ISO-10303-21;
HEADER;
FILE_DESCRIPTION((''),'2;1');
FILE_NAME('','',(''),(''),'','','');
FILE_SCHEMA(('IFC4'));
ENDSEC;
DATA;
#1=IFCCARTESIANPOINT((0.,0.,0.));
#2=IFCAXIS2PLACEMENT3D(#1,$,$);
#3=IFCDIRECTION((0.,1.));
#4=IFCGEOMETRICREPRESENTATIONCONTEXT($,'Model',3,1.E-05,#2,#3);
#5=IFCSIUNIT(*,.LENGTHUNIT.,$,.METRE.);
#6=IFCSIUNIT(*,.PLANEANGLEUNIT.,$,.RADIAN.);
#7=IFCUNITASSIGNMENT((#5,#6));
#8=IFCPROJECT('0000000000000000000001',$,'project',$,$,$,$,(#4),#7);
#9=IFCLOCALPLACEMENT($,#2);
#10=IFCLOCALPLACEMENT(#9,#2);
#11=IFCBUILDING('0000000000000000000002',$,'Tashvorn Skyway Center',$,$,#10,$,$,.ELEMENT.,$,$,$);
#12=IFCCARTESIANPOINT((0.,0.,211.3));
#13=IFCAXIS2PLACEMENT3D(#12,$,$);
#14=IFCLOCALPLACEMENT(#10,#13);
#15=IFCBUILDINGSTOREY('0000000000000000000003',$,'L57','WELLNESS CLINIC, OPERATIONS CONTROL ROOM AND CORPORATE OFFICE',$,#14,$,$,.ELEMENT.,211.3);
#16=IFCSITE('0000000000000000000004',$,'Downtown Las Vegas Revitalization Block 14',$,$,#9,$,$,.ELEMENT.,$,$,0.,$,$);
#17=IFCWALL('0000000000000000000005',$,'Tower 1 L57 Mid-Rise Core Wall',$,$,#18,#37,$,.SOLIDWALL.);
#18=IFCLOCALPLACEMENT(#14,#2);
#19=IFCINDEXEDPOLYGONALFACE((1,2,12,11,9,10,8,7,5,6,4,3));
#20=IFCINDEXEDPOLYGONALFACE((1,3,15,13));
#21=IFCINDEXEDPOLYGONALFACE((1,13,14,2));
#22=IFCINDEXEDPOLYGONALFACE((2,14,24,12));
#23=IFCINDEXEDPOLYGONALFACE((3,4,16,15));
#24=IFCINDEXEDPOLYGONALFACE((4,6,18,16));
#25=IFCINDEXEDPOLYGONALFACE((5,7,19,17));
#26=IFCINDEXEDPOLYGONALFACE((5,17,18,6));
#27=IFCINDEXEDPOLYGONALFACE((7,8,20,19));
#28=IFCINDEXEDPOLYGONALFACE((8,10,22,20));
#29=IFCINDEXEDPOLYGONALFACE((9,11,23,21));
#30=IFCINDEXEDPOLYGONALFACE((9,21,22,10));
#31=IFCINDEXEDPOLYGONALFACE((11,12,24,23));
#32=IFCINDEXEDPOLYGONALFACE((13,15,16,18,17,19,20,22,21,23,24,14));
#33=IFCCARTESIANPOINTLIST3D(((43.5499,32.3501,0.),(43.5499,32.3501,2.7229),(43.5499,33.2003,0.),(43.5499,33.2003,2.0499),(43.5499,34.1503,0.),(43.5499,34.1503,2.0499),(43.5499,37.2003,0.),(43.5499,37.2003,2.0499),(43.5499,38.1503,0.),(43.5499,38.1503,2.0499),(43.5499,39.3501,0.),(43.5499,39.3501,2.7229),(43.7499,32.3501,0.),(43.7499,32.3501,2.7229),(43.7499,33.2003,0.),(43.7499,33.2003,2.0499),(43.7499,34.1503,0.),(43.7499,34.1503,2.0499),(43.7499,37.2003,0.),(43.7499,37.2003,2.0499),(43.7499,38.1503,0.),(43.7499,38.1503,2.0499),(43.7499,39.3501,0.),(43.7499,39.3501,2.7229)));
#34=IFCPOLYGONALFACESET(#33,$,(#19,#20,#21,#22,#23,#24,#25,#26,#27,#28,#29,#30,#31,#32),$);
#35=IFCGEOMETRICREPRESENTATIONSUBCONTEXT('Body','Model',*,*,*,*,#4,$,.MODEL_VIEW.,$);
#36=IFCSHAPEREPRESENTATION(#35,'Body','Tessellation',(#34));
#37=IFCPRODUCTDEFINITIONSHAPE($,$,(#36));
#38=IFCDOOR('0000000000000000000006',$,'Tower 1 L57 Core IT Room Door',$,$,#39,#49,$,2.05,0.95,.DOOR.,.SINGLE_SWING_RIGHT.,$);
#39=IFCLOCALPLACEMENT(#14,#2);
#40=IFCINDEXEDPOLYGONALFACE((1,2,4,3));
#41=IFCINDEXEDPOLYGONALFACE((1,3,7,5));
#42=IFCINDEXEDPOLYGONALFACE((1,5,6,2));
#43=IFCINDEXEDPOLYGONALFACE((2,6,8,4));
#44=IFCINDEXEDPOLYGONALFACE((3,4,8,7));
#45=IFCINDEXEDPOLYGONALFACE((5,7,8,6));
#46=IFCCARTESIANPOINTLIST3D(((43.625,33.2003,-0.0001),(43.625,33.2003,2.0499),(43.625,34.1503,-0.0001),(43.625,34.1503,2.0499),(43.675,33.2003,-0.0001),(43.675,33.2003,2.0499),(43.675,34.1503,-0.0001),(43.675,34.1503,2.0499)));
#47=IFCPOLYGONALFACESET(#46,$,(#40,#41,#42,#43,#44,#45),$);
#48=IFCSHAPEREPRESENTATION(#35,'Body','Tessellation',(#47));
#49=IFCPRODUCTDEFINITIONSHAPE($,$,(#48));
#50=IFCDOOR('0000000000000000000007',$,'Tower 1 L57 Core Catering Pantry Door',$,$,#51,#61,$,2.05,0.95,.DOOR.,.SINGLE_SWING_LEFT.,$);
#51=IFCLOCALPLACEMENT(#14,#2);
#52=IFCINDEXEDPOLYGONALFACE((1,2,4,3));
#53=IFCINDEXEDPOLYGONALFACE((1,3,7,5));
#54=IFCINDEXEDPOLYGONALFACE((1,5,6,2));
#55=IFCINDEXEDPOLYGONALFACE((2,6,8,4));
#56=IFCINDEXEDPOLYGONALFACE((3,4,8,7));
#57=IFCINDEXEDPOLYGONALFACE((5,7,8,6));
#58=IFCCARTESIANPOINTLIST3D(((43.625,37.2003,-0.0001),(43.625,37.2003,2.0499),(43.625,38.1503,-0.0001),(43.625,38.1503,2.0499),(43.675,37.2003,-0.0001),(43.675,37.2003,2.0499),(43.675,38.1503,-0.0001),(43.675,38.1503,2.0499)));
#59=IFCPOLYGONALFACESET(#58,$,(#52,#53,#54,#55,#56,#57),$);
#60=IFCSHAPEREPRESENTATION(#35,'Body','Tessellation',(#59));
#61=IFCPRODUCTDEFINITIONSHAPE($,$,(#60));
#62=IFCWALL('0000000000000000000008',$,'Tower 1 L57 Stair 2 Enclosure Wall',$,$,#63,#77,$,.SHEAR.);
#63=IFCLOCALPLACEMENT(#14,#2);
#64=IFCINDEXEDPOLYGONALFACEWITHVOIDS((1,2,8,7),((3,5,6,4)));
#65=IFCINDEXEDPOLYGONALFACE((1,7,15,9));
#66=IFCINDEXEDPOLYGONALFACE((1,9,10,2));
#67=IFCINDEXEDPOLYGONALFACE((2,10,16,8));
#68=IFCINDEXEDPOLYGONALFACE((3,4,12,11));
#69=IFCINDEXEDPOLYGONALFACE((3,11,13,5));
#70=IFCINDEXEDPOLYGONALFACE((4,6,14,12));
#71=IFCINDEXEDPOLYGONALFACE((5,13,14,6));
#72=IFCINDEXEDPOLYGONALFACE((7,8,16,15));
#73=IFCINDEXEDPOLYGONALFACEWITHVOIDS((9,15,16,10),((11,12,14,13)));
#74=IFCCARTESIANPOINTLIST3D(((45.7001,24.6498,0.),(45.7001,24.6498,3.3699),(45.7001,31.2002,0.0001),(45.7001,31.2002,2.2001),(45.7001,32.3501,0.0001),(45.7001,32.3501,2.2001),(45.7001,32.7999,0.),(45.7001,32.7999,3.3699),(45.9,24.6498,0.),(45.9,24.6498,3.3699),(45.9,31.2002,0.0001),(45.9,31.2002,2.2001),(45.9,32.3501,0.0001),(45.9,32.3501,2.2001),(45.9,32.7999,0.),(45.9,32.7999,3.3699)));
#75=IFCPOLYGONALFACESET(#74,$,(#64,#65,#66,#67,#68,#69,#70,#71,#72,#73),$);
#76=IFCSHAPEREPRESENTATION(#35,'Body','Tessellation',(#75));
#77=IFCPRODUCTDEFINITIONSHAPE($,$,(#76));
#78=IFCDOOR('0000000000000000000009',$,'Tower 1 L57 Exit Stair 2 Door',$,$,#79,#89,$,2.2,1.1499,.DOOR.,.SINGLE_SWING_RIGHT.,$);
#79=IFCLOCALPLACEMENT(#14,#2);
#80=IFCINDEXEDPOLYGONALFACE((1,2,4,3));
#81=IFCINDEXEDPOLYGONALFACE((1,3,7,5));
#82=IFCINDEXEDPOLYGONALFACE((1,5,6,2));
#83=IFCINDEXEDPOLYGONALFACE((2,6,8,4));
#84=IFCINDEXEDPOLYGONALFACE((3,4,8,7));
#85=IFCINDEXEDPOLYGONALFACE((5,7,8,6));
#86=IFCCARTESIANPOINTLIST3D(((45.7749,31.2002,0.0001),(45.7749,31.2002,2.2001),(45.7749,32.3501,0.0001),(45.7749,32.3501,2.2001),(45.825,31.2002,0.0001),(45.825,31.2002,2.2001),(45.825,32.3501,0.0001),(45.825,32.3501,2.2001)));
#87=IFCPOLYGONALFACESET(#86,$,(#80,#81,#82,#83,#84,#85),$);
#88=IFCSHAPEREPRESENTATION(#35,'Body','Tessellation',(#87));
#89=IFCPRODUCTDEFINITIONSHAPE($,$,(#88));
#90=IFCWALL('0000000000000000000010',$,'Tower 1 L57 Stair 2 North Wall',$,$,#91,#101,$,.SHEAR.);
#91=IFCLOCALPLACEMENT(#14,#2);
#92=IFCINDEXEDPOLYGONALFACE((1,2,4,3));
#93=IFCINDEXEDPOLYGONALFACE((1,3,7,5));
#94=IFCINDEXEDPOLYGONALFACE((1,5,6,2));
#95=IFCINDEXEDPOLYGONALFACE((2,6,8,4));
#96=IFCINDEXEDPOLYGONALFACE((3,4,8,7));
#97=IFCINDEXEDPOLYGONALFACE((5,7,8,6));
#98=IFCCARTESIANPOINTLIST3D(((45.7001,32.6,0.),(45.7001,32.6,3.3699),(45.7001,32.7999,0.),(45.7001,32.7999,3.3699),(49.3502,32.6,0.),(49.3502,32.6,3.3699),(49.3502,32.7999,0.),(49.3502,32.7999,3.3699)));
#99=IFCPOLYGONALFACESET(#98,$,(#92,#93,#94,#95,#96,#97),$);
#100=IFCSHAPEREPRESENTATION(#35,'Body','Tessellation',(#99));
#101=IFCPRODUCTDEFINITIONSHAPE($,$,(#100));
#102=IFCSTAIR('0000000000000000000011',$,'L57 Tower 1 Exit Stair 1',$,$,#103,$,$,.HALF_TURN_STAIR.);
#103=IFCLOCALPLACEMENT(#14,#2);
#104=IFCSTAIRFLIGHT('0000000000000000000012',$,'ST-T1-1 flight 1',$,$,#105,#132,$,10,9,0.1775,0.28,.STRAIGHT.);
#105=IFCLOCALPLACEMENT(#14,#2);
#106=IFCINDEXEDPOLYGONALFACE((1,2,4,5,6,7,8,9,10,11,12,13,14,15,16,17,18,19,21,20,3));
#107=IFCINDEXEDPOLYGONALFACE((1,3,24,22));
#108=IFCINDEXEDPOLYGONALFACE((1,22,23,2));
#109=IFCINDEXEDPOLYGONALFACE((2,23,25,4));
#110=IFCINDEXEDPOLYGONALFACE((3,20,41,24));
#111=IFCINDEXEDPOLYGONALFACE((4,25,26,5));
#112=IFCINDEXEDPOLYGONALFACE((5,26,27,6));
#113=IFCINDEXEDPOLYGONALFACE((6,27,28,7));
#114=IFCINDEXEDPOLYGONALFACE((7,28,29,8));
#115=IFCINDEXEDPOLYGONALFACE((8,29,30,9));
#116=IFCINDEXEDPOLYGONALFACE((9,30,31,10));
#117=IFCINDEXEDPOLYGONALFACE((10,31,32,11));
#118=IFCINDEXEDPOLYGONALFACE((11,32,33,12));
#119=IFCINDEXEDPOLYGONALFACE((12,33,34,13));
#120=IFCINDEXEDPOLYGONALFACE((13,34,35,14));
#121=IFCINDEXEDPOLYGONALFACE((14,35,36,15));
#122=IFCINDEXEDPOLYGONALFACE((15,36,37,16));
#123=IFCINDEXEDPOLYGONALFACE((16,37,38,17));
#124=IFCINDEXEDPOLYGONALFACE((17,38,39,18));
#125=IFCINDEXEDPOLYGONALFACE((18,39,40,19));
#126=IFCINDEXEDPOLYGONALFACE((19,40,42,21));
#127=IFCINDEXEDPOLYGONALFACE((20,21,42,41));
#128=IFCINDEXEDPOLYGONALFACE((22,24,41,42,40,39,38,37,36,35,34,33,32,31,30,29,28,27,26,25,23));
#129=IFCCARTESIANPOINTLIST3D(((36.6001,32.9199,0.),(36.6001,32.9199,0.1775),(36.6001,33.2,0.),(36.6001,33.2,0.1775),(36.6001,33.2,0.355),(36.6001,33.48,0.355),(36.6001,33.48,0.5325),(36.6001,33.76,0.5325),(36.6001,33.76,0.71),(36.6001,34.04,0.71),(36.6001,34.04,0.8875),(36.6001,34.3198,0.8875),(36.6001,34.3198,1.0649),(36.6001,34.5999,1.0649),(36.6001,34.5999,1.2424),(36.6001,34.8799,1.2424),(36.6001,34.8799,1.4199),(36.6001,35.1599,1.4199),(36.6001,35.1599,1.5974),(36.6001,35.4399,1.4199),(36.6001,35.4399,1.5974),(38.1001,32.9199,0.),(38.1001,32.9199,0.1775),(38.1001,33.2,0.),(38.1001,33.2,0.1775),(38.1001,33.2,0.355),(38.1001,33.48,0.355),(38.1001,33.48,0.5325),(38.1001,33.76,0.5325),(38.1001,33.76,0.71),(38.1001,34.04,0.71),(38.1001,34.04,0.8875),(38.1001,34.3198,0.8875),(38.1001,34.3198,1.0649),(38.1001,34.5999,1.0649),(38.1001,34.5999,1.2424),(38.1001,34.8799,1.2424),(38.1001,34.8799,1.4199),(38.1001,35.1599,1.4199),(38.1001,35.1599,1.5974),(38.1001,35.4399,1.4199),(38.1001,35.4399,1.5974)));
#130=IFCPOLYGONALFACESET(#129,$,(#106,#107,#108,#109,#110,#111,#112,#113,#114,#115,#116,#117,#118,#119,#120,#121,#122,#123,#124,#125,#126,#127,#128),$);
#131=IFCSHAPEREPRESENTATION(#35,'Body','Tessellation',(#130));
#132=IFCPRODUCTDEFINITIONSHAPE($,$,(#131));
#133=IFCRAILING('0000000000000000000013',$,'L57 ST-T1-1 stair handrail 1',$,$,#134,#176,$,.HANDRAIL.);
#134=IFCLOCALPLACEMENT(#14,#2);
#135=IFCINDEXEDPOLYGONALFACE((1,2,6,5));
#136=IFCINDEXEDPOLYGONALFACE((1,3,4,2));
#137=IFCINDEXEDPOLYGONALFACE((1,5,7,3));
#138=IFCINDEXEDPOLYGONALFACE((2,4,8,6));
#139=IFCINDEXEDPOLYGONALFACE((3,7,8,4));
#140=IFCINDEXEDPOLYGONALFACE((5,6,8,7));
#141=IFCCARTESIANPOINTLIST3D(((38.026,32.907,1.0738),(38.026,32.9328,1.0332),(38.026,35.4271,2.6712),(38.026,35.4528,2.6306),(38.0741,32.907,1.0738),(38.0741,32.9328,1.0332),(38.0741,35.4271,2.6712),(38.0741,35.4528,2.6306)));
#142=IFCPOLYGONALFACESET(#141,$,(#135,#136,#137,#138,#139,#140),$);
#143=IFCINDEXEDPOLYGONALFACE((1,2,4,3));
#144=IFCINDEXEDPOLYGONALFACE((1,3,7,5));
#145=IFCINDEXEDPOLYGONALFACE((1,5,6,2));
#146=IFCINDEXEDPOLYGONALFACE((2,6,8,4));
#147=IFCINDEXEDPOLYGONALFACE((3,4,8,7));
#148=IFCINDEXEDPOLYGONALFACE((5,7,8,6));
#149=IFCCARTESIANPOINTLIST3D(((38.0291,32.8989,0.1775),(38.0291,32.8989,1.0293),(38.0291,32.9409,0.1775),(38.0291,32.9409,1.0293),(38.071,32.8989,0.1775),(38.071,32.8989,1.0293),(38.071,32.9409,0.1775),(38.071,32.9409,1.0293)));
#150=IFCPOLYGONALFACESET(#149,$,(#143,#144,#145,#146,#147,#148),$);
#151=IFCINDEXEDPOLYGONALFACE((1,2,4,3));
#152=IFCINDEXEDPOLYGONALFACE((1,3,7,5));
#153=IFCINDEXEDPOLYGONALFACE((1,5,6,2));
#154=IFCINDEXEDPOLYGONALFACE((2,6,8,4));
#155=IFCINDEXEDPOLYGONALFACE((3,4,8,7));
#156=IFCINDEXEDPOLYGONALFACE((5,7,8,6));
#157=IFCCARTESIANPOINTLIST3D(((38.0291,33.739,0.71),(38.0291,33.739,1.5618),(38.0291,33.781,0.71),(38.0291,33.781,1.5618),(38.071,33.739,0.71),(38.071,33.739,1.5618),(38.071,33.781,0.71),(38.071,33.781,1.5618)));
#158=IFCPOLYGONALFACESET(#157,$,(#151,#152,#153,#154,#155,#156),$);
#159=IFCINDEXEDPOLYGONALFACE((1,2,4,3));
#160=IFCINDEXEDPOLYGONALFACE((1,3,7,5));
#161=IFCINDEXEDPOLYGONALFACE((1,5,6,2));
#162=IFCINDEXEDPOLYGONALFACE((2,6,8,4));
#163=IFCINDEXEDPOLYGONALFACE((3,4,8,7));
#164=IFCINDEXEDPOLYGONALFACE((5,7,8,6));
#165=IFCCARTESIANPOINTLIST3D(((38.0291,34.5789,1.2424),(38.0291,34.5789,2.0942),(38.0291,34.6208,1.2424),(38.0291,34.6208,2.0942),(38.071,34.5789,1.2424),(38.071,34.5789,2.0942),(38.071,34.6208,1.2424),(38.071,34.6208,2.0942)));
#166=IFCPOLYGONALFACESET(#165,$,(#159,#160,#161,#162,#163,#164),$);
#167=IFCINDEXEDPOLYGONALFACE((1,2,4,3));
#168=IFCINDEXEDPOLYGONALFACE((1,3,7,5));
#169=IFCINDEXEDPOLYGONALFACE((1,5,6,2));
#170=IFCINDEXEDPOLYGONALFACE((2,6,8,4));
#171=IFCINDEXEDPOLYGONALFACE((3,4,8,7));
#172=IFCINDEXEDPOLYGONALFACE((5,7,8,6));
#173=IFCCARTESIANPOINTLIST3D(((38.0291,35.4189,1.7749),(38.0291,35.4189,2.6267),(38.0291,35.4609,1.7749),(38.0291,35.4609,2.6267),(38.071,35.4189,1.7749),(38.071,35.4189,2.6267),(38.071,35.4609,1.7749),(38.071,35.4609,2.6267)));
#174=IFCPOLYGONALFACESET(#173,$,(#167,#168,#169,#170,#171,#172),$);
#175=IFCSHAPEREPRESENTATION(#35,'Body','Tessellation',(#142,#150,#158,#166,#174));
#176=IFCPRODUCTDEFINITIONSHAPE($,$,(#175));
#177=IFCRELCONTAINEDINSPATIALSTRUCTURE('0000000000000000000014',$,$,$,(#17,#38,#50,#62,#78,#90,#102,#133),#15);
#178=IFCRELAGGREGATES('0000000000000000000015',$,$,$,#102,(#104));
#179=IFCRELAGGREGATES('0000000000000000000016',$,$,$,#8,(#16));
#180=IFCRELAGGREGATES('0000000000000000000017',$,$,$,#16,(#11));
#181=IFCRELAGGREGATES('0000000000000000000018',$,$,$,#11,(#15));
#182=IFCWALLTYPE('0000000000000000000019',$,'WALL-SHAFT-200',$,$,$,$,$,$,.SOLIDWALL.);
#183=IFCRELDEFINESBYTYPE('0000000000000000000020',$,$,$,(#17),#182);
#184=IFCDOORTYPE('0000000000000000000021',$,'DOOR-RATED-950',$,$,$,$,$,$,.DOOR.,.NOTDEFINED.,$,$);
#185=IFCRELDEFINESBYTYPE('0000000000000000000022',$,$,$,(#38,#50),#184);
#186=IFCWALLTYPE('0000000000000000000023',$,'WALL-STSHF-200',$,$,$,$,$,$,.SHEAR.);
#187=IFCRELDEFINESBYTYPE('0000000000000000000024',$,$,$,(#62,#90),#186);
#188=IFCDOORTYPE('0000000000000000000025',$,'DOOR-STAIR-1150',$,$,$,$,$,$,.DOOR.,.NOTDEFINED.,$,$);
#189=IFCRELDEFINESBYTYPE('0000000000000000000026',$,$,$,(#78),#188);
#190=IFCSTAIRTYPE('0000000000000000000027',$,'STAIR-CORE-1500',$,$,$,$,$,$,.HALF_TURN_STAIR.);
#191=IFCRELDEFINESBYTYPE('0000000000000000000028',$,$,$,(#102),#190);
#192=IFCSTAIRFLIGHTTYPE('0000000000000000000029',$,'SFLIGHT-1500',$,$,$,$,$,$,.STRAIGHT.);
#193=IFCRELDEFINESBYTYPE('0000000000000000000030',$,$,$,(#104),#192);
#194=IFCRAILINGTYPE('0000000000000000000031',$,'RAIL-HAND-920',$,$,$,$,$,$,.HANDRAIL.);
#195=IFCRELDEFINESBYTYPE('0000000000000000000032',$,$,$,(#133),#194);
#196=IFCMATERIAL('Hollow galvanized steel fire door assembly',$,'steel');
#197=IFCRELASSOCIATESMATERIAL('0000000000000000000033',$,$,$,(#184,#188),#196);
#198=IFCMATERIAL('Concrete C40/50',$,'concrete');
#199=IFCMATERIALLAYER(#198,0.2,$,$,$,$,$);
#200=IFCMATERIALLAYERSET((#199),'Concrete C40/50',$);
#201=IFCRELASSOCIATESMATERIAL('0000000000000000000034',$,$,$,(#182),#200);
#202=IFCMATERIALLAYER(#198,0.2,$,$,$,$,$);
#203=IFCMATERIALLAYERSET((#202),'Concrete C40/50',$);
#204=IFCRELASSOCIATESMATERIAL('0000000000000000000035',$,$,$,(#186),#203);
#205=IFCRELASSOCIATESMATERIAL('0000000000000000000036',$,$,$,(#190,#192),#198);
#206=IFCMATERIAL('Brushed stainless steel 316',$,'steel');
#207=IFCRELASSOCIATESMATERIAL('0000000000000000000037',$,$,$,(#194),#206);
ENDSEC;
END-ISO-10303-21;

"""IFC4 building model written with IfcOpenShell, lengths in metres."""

from ifc_helpers import new_model, si_unit, direction, frame, frame_2d, origin, origin_2d, place, context, subcontext, project, spatial, polyline, rectangle, outline, extrude, material, layer, layer_set, type_object, element, fill, aggregate, save


model = new_model("IFC4")

# Units and contexts
model_context = context("Model", 3, precision=1e-05, world=origin(), true_north=direction((0.0, 1.0)))
body_context = subcontext(model_context, "Body", "Model", "MODEL_VIEW")
ifc_project = project(units=[si_unit("LENGTHUNIT", "METRE"), si_unit("PLANEANGLEUNIT", "RADIAN")], contexts=[model_context])

# Site, building, storey
site_placement = place(None, origin())
site = spatial("IfcSite", under=ifc_project, at=site_placement, Name="Downtown Las Vegas Revitalization Block 14", CompositionType="ELEMENT", RefElevation=0.0)
building_placement = place(site_placement, origin())
building = spatial("IfcBuilding", under=site, at=building_placement, Name="Tashvorn Skyway Center", CompositionType="ELEMENT")
storey_placement = place(building_placement, frame((0.0, 0.0, 211.3)))
storey = spatial("IfcBuildingStorey", under=building, at=storey_placement, Name="L57", Description="WELLNESS CLINIC, OPERATIONS CONTROL ROOM AND CORPORATE OFFICE", CompositionType="ELEMENT", Elevation=211.3)

# Shared definitions
ifc_material_1 = material(Name="Concrete C40/50", Category="concrete")

# Shared definitions
ifc_material_2 = material(Name="Hollow galvanized steel fire door assembly", Category="steel")
door_type_1 = type_object("IfcDoorType", Name="DOOR-RATED-950", OperationType="NOTDEFINED", PredefinedType="DOOR", material=ifc_material_2)

# Shared definitions
ifc_layer_1 = layer(ifc_material_1, 0.2)
ifc_layer_set_1 = layer_set([ifc_layer_1], Name="Concrete C40/50")
wall_type_1 = type_object("IfcWallType", Name="WALL-SHAFT-200", PredefinedType="SOLIDWALL", material=ifc_layer_set_1)

# Wall, openings, doors
wall_1_placement = place(storey_placement, frame((43.6499, 32.3501, 0.0), z_axis=(0.0, 0.0, 1.0), x_axis=(0.0, 1.0, 0.0)))
wall_1 = element("IfcWall", 1, at=wall_1_placement, inside=storey, type_object=wall_type_1, Name="Tower 1 L57 Mid-Rise Core Wall", PredefinedType="SOLIDWALL", context=body_context, shape_type="SweptSolid", body=[
    extrude(rectangle(XDim=7.0, YDim=0.2, at=frame_2d((3.5, 0.0))), origin(), (0.0, 0.0, 1.0), 2.7229),
])
opening_1_placement = place(wall_1_placement, frame((0.8501, 0.0, 0.0)))
opening_1 = element("IfcOpeningElement", 2, at=opening_1_placement, cuts=wall_1, PredefinedType="OPENING", context=body_context, shape_type="SweptSolid", body=[
    extrude(rectangle(XDim=0.95, YDim=2.05, at=frame_2d((0.4751, 1.0249))), frame((0.0, 0.1099, 0.0), z_axis=(0.0, -1.0, 0.0), x_axis=(1.0, 0.0, 0.0)), (0.0, 0.0, 1.0), 0.22),
])
opening_2_placement = place(wall_1_placement, frame((4.8501, 0.0, 0.0)))
opening_2 = element("IfcOpeningElement", 3, at=opening_2_placement, cuts=wall_1, PredefinedType="OPENING", context=body_context, shape_type="SweptSolid", body=[
    extrude(rectangle(XDim=0.95, YDim=2.05, at=frame_2d((0.4751, 1.0249))), frame((0.0, 0.1099, 0.0), z_axis=(0.0, -1.0, 0.0), x_axis=(1.0, 0.0, 0.0)), (0.0, 0.0, 1.0), 0.22),
])
door_1_placement = place(opening_1_placement, origin())
door_1 = element("IfcDoor", 4, at=door_1_placement, inside=storey, type_object=door_type_1, Name="Tower 1 L57 Core IT Room Door", OperationType="SINGLE_SWING_RIGHT", OverallHeight=2.05, OverallWidth=0.95, PredefinedType="DOOR", context=body_context, shape_type="SweptSolid", body=[
    extrude(rectangle(XDim=0.95, YDim=2.05, at=frame_2d((0.4751, 1.0249))), frame((0.0, 0.0249, 0.0), z_axis=(0.0, -1.0, 0.0), x_axis=(1.0, 0.0, 0.0)), (0.0, 0.0, 1.0), 0.05),
])
fill(opening_1, door_1)
door_2_placement = place(opening_2_placement, origin())
door_2 = element("IfcDoor", 5, at=door_2_placement, inside=storey, type_object=door_type_1, Name="Tower 1 L57 Core Catering Pantry Door", OperationType="SINGLE_SWING_LEFT", OverallHeight=2.05, OverallWidth=0.95, PredefinedType="DOOR", context=body_context, shape_type="SweptSolid", body=[
    extrude(rectangle(XDim=0.95, YDim=2.05, at=frame_2d((0.4751, 1.0249))), frame((0.0, 0.0249, 0.0), z_axis=(0.0, -1.0, 0.0), x_axis=(1.0, 0.0, 0.0)), (0.0, 0.0, 1.0), 0.05),
])
fill(opening_2, door_2)

# Wall, opening, door
ifc_layer_2 = layer(ifc_material_1, 0.2)
ifc_layer_set_2 = layer_set([ifc_layer_2], Name="Concrete C40/50")
wall_type_2 = type_object("IfcWallType", Name="WALL-STSHF-200", PredefinedType="SHEAR", material=ifc_layer_set_2)
wall_2_placement = place(storey_placement, frame((45.8, 32.8, 0.0), z_axis=(0.0, 0.0, 1.0), x_axis=(0.0, -1.0, 0.0)))
wall_2 = element("IfcWall", 6, at=wall_2_placement, inside=storey, type_object=wall_type_2, Name="Tower 1 L57 Stair 2 Enclosure Wall", PredefinedType="SHEAR", context=body_context, shape_type="SweptSolid", body=[
    extrude(rectangle(XDim=8.1501, YDim=0.2, at=frame_2d((4.0752, 0.0))), origin(), (0.0, 0.0, 1.0), 3.3699),
])
opening_3_placement = place(wall_2_placement, frame((0.45, 0.0, 0.0)))
opening_3 = element("IfcOpeningElement", 7, at=opening_3_placement, cuts=wall_2, PredefinedType="OPENING", context=body_context, shape_type="SweptSolid", body=[
    extrude(rectangle(XDim=1.1499, YDim=2.2, at=frame_2d((0.575, 1.1001))), frame((0.0, 0.1099, 0.0), z_axis=(0.0, -1.0, 0.0), x_axis=(1.0, 0.0, 0.0)), (0.0, 0.0, 1.0), 0.22),
])
door_type_2 = type_object("IfcDoorType", Name="DOOR-STAIR-1150", OperationType="NOTDEFINED", PredefinedType="DOOR", material=ifc_material_2)
door_3_placement = place(opening_3_placement, origin())
door_3 = element("IfcDoor", 8, at=door_3_placement, inside=storey, type_object=door_type_2, Name="Tower 1 L57 Exit Stair 2 Door", OperationType="SINGLE_SWING_RIGHT", OverallHeight=2.2, OverallWidth=1.1499, PredefinedType="DOOR", context=body_context, shape_type="SweptSolid", body=[
    extrude(rectangle(XDim=1.1499, YDim=2.2, at=frame_2d((0.575, 1.1001))), frame((0.0, 0.0249, 0.0), z_axis=(0.0, -1.0, 0.0), x_axis=(1.0, 0.0, 0.0)), (0.0, 0.0, 1.0), 0.05),
])
fill(opening_3, door_3)

# Wall
wall_3_placement = place(storey_placement, frame((45.7, 32.7, 0.0), z_axis=(0.0, 0.0, 1.0), x_axis=(1.0, 0.0, 0.0)))
element("IfcWall", 9, at=wall_3_placement, inside=storey, type_object=wall_type_2, Name="Tower 1 L57 Stair 2 North Wall", PredefinedType="SHEAR", context=body_context, shape_type="SweptSolid", body=[
    extrude(rectangle(XDim=3.6501, YDim=0.2, at=frame_2d((1.8252, 0.0))), origin(), (0.0, 0.0, 1.0), 3.3699),
])

# Stair, stair flight
stair_type = type_object("IfcStairType", Name="STAIR-CORE-1500", PredefinedType="HALF_TURN_STAIR", material=ifc_material_1)
stair_placement = place(storey_placement, origin())
stair = element("IfcStair", 10, at=stair_placement, inside=storey, type_object=stair_type, Name="L57 Tower 1 Exit Stair 1", PredefinedType="HALF_TURN_STAIR")
stair_flight_type = type_object("IfcStairFlightType", Name="SFLIGHT-1500", PredefinedType="STRAIGHT", material=ifc_material_1)
stair_flight_placement = place(storey_placement, frame((37.3501, 32.9199, 0.0), z_axis=(0.0, 0.0, 1.0), x_axis=(0.0, 1.0, 0.0)))
stair_flight = element("IfcStairFlight", 11, at=stair_flight_placement, type_object=stair_flight_type, Name="ST-T1-1 flight 1", NumberOfRisers=10, NumberOfTreads=9, PredefinedType="STRAIGHT", RiserHeight=0.1775, TreadLength=0.28, context=body_context, shape_type="SweptSolid", body=[
    extrude(outline(polyline([(0.0, 0.0), (0.0, 0.1775), (0.28, 0.1775), (0.28, 0.355), (0.5601, 0.355), (0.5601, 0.5325), (0.8401, 0.5325), (0.8401, 0.71), (1.1201, 0.71), (1.1201, 0.8875), (1.3999, 0.8875), (1.3999, 1.0649), (1.6799, 1.0649), (1.6799, 1.2424), (1.96, 1.2424), (1.96, 1.4199), (2.24, 1.4199), (2.24, 1.5974), (2.52, 1.5974), (2.52, 1.7749), (2.52, 1.4199), (0.28, 0.0), (0.0, 0.0)])), frame((0.0, 0.75, 0.0), z_axis=(0.0, -1.0, 0.0), x_axis=(1.0, 0.0, 0.0)), (0.0, 0.0, 1.0), 1.5),
])
aggregate(stair, [stair_flight])

# Railing
ifc_material_3 = material(Name="Brushed stainless steel 316", Category="steel")
railing_type_1 = type_object("IfcRailingType", Name="RAIL-HAND-920", PredefinedType="HANDRAIL", material=ifc_material_3)
railing_1_placement = place(storey_placement, frame((38.05, 32.9199, 0.1775)))
element("IfcRailing", 12, at=railing_1_placement, inside=storey, type_object=railing_type_1, Name="L57 ST-T1-1 stair handrail 1", PredefinedType="HANDRAIL", context=body_context, shape_type="SweptSolid", body=[
    extrude(rectangle(XDim=0.0481, YDim=0.0481, at=origin_2d()), frame((0.0, 0.0, 0.876), z_axis=(0.0, 0.844607, 0.535387), x_axis=(-1.0, 0.0, 0.0)), (0.0, 0.0, 1.0), 2.9836),
    extrude(rectangle(XDim=0.042, YDim=0.042, at=origin_2d()), origin(), (0.0, 0.0, 1.0), 0.8518),
    extrude(rectangle(XDim=0.042, YDim=0.042, at=origin_2d()), frame((0.0, 0.8401, 0.5325)), (0.0, 0.0, 1.0), 0.8518),
    extrude(rectangle(XDim=0.042, YDim=0.042, at=origin_2d()), frame((0.0, 1.6799, 1.0649)), (0.0, 0.0, 1.0), 0.8518),
    extrude(rectangle(XDim=0.042, YDim=0.042, at=origin_2d()), frame((0.0, 2.52, 1.5974)), (0.0, 0.0, 1.0), 0.8518),
])

save(model, "model.ifc")
